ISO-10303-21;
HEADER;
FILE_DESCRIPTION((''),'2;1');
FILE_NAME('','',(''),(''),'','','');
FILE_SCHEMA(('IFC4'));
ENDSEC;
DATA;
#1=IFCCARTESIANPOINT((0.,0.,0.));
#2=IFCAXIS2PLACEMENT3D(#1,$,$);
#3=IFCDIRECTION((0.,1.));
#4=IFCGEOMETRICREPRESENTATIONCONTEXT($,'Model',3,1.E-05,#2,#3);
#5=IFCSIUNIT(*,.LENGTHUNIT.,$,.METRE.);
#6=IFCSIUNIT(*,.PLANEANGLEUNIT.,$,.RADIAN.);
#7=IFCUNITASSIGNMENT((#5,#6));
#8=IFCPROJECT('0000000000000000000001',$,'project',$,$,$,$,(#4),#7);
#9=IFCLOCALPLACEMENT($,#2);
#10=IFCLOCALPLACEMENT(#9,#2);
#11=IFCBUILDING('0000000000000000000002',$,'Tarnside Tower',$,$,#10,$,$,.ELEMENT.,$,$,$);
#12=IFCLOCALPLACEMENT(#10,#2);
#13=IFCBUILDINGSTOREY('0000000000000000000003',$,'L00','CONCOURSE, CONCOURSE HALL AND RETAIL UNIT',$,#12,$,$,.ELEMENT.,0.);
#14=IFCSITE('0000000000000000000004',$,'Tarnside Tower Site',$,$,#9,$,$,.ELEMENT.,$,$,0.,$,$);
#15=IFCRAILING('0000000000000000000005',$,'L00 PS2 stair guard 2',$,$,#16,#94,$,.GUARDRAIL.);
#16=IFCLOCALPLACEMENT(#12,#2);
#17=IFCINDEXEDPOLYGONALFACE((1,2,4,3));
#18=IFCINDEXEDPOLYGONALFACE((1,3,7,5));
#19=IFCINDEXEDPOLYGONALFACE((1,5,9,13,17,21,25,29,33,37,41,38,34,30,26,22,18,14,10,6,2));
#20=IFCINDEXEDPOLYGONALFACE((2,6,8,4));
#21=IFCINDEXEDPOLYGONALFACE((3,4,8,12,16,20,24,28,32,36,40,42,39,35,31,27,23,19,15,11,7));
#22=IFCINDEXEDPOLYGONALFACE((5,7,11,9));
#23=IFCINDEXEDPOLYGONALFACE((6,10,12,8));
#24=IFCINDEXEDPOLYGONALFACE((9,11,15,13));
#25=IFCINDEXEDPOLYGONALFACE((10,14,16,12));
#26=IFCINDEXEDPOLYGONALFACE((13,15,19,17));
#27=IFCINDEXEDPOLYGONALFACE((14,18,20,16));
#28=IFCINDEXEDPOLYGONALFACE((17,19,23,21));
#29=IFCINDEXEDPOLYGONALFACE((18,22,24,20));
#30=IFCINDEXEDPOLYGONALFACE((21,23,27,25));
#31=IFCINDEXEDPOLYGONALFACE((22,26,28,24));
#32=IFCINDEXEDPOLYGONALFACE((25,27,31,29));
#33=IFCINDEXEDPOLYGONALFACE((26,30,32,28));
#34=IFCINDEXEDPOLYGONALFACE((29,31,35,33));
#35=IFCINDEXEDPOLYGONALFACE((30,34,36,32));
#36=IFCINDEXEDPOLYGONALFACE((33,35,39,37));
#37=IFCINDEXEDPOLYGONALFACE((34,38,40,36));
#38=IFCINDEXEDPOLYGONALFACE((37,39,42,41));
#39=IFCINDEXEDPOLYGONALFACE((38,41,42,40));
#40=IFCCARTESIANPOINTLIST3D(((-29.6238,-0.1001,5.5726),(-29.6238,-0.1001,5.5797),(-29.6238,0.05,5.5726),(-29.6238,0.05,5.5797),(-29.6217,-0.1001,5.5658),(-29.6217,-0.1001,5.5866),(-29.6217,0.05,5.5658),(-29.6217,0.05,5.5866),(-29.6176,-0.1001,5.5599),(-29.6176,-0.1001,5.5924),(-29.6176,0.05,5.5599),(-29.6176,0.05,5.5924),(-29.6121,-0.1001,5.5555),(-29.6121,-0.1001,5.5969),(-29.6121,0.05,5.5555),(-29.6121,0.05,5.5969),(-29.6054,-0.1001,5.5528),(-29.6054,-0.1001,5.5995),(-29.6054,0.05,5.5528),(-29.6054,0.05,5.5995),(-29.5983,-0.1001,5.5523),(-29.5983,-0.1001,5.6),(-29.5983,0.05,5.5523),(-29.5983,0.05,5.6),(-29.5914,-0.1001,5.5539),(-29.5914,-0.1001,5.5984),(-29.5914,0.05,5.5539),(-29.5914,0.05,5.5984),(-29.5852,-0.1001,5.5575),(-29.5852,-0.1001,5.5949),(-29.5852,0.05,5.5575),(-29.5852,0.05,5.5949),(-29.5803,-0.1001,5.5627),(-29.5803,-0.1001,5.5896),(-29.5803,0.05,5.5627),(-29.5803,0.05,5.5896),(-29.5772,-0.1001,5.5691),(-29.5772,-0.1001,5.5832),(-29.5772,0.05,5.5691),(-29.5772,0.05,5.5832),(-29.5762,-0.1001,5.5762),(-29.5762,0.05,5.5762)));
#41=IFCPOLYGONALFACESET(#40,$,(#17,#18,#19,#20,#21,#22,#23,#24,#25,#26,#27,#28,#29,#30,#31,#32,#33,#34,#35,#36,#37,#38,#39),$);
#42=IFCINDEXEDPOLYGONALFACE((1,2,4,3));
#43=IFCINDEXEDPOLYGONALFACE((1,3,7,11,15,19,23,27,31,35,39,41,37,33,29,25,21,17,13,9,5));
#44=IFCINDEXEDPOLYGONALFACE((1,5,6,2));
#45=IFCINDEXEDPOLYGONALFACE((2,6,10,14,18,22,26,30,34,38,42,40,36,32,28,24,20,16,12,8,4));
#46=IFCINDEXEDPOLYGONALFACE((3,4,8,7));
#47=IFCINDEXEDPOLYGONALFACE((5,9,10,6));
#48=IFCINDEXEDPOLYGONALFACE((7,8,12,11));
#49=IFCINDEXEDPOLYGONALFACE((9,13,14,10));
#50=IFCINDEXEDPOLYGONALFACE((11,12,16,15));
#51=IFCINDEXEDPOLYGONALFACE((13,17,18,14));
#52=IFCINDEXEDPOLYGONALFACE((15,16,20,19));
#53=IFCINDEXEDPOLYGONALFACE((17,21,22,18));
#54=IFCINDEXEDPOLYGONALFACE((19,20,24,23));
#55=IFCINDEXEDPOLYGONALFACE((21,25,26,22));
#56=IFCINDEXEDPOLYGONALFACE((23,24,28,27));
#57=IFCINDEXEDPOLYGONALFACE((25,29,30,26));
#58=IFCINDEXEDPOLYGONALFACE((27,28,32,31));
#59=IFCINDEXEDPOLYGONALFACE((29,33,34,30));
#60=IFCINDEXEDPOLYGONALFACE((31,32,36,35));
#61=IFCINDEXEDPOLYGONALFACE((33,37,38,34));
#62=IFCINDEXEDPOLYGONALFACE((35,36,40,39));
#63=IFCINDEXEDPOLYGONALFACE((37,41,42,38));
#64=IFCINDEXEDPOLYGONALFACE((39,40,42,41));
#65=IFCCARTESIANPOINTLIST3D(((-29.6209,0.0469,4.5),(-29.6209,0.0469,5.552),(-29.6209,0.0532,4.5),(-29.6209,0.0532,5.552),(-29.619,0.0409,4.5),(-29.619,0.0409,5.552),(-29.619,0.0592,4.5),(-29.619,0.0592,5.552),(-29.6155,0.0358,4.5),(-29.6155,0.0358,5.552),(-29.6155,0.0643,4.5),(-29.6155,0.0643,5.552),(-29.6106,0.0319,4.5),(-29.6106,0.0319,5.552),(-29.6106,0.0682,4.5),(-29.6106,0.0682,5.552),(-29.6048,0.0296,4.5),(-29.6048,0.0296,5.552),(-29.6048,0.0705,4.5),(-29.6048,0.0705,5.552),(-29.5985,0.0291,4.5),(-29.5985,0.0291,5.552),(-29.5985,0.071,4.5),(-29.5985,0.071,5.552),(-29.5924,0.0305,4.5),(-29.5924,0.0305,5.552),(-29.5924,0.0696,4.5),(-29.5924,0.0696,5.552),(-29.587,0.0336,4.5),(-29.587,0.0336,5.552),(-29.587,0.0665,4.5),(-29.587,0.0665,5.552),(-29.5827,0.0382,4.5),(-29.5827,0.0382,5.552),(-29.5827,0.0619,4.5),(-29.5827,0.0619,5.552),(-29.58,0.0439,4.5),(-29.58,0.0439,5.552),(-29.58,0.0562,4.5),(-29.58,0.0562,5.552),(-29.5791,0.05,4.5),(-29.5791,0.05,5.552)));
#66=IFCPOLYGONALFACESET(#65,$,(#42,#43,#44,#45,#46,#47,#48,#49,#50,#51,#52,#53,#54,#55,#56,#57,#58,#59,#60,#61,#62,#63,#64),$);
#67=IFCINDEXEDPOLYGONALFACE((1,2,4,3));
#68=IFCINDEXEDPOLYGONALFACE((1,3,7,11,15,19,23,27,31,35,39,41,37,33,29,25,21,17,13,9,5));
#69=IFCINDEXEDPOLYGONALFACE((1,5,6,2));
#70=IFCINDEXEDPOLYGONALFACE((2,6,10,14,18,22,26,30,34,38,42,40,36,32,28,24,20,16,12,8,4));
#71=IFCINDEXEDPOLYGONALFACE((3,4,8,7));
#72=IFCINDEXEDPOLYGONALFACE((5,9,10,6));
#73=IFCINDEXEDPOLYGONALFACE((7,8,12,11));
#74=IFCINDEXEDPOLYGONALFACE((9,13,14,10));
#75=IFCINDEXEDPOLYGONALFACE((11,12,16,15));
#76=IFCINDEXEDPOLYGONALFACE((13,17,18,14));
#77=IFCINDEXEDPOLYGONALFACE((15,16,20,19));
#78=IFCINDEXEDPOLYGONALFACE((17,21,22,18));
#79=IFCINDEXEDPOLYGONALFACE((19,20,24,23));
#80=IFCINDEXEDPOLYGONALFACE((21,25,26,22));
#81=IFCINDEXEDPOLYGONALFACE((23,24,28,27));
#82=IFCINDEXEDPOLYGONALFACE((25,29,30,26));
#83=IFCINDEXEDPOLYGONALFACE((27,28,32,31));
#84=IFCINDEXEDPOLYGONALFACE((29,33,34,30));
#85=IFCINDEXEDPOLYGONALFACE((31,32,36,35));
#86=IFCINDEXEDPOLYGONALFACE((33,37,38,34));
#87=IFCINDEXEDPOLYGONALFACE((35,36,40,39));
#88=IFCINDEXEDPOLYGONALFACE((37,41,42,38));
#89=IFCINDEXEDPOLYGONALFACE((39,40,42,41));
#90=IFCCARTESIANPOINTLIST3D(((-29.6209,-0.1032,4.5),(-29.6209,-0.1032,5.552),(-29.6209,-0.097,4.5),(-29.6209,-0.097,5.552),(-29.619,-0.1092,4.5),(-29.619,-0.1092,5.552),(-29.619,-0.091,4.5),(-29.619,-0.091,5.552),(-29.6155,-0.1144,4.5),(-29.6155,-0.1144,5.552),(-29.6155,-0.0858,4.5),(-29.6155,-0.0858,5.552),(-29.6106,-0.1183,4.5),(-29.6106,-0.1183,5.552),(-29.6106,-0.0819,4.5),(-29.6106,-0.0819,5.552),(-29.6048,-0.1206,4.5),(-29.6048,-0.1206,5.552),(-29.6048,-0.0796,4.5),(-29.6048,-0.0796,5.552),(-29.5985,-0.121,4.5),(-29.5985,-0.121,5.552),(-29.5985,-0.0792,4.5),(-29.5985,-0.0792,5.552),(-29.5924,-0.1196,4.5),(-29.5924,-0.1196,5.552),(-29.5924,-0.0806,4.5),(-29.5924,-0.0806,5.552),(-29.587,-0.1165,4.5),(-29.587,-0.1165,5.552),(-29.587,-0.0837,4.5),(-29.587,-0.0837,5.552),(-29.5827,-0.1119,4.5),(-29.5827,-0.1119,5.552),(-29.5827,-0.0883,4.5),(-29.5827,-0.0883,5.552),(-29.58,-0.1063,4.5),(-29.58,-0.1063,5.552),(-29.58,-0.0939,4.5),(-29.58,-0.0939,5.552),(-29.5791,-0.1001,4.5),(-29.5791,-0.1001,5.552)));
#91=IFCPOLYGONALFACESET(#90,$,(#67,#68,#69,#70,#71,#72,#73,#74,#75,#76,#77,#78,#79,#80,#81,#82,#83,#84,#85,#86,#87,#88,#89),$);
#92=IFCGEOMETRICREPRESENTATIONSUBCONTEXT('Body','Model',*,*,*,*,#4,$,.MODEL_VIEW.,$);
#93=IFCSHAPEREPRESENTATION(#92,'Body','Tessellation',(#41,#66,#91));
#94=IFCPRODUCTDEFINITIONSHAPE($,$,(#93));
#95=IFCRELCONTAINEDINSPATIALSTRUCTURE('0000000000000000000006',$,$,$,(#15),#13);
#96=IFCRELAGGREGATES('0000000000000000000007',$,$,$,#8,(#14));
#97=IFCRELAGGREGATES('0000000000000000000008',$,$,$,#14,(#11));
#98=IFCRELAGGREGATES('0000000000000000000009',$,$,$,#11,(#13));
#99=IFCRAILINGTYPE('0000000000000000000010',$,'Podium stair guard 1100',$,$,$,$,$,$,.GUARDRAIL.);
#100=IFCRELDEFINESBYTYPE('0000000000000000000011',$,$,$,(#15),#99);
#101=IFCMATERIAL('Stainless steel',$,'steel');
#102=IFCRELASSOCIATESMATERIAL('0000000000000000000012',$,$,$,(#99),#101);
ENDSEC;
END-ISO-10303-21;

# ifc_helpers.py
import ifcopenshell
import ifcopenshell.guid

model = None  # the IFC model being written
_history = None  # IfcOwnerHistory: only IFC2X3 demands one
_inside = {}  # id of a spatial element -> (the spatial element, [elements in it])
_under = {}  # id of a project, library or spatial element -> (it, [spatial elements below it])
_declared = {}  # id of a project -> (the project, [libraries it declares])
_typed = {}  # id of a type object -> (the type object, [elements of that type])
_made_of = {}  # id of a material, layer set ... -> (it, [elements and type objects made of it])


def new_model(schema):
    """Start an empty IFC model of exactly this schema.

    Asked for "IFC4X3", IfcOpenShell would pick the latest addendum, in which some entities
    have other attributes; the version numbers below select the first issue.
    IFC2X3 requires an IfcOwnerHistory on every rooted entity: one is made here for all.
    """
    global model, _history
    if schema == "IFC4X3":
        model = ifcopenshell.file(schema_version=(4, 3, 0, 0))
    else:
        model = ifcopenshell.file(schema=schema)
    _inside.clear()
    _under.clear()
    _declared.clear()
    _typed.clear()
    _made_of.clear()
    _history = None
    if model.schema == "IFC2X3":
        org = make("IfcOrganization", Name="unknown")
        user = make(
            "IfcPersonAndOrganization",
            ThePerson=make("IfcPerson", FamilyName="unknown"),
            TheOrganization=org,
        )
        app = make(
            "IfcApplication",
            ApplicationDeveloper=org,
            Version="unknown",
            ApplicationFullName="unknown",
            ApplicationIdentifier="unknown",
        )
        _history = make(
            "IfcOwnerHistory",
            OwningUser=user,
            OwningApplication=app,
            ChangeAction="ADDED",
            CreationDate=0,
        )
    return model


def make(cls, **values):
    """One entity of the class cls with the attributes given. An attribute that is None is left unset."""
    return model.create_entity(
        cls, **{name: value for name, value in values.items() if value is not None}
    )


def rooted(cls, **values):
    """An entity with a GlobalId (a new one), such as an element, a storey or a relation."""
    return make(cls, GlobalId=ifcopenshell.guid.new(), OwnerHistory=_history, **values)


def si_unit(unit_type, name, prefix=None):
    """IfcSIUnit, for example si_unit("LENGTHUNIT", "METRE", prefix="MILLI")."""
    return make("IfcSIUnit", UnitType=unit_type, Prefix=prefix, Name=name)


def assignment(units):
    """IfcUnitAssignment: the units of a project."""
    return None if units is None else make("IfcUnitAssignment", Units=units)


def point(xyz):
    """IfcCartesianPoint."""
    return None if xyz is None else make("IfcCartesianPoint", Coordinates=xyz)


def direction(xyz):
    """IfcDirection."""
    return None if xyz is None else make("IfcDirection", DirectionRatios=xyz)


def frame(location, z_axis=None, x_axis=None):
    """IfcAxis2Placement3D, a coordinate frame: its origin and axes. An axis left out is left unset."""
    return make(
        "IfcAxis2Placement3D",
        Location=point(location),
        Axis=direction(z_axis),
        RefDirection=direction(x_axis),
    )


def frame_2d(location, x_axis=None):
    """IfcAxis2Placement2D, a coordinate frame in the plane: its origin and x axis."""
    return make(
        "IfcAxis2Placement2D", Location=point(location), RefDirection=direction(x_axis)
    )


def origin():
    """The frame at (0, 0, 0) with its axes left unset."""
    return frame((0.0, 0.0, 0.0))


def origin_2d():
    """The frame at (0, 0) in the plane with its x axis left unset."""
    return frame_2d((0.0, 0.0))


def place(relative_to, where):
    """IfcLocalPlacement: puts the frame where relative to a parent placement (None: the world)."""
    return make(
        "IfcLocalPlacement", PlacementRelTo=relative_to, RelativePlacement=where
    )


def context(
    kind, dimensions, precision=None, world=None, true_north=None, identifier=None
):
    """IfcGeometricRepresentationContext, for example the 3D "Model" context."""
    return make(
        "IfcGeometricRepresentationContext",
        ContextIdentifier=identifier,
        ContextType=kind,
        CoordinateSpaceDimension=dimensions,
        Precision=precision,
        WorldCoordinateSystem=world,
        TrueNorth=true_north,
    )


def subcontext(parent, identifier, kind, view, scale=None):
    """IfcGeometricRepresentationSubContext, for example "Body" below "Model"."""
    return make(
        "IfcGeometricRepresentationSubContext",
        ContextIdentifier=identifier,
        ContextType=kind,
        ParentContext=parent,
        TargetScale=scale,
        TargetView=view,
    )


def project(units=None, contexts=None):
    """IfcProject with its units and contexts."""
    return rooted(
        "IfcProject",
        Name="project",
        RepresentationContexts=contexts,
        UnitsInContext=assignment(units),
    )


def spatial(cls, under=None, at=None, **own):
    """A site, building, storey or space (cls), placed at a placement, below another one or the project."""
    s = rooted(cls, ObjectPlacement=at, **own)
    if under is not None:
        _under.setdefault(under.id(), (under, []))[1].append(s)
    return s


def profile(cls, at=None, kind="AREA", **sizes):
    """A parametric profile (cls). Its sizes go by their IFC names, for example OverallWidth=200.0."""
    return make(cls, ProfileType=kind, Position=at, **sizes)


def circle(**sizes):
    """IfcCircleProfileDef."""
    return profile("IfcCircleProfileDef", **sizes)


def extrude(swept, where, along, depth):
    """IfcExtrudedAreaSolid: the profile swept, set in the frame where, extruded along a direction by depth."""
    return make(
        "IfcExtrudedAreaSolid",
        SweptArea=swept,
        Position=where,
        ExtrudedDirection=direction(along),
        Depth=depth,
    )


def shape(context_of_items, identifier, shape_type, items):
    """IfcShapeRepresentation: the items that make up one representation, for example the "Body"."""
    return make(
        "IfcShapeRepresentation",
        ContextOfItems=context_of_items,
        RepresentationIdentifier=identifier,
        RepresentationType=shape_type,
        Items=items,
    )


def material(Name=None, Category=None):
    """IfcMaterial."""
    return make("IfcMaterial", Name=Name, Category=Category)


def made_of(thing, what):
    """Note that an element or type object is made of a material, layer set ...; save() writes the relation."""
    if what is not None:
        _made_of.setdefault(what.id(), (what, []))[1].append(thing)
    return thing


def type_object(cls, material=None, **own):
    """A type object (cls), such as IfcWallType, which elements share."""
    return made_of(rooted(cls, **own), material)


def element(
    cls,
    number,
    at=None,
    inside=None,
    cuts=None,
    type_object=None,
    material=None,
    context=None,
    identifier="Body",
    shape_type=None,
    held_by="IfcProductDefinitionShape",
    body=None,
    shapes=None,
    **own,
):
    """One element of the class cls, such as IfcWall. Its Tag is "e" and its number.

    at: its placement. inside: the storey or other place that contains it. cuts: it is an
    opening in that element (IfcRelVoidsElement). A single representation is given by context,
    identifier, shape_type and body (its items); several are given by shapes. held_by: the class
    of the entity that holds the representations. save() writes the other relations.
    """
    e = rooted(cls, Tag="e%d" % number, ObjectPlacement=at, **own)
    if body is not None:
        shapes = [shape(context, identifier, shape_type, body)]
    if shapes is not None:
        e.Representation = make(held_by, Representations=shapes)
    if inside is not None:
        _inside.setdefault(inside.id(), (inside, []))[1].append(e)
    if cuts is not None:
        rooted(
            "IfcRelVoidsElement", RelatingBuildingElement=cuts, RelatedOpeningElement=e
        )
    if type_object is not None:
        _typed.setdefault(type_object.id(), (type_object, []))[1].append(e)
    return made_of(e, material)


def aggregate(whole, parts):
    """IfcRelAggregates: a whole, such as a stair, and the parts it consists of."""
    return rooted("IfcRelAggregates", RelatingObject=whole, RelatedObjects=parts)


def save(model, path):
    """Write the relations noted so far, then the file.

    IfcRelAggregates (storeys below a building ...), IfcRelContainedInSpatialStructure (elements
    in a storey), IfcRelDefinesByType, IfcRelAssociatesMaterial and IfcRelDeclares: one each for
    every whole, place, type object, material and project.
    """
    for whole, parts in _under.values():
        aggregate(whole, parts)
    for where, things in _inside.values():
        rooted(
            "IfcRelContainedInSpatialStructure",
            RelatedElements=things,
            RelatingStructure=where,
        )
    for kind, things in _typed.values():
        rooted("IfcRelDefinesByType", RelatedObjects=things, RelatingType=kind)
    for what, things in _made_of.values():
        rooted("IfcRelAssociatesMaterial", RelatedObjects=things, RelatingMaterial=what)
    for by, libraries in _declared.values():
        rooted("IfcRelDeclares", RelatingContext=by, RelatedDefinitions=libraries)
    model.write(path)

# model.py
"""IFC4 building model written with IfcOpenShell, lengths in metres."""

from ifc_helpers import new_model, si_unit, direction, frame, origin, origin_2d, place, context, subcontext, project, spatial, circle, extrude, material, type_object, element, save


model = new_model("IFC4")

# Units and contexts
model_context = context("Model", 3, precision=1e-05, world=origin(), true_north=direction((0.0, 1.0)))
body_context = subcontext(model_context, "Body", "Model", "MODEL_VIEW")
ifc_project = project(units=[si_unit("LENGTHUNIT", "METRE"), si_unit("PLANEANGLEUNIT", "RADIAN")], contexts=[model_context])

# Site, building, storey
site_placement = place(None, origin())
site = spatial("IfcSite", under=ifc_project, at=site_placement, Name="Tarnside Tower Site", CompositionType="ELEMENT", RefElevation=0.0)
building_placement = place(site_placement, origin())
building = spatial("IfcBuilding", under=site, at=building_placement, Name="Tarnside Tower", CompositionType="ELEMENT")
storey_placement = place(building_placement, origin())
storey = spatial("IfcBuildingStorey", under=building, at=storey_placement, Name="L00", Description="CONCOURSE, CONCOURSE HALL AND RETAIL UNIT", CompositionType="ELEMENT", Elevation=0.0)

# Railing
ifc_material_1 = material(Name="Stainless steel", Category="steel")
railing_type_1 = type_object("IfcRailingType", Name="Podium stair guard 1100", PredefinedType="GUARDRAIL", material=ifc_material_1)
railing_1_placement = place(storey_placement, frame((-29.6001, 0.05, 4.5)))
element("IfcRailing", 1, at=railing_1_placement, inside=storey, type_object=railing_type_1, Name="L00 PS2 stair guard 2", PredefinedType="GUARDRAIL", context=body_context, shape_type="SweptSolid", body=[
    extrude(circle(Radius=0.0239, at=origin_2d()), frame((0.0, 0.0, 1.0762), z_axis=(0.0, -1.0, 0.0), x_axis=(1.0, 0.0, 0.0)), (0.0, 0.0, 1.0), 0.1501),
    extrude(circle(Radius=0.021, at=origin_2d()), origin(), (0.0, 0.0, 1.0), 1.052),
    extrude(circle(Radius=0.021, at=origin_2d()), frame((0.0, -0.1501, 0.0)), (0.0, 0.0, 1.0), 1.052),
])

save(model, "model.ifc")
